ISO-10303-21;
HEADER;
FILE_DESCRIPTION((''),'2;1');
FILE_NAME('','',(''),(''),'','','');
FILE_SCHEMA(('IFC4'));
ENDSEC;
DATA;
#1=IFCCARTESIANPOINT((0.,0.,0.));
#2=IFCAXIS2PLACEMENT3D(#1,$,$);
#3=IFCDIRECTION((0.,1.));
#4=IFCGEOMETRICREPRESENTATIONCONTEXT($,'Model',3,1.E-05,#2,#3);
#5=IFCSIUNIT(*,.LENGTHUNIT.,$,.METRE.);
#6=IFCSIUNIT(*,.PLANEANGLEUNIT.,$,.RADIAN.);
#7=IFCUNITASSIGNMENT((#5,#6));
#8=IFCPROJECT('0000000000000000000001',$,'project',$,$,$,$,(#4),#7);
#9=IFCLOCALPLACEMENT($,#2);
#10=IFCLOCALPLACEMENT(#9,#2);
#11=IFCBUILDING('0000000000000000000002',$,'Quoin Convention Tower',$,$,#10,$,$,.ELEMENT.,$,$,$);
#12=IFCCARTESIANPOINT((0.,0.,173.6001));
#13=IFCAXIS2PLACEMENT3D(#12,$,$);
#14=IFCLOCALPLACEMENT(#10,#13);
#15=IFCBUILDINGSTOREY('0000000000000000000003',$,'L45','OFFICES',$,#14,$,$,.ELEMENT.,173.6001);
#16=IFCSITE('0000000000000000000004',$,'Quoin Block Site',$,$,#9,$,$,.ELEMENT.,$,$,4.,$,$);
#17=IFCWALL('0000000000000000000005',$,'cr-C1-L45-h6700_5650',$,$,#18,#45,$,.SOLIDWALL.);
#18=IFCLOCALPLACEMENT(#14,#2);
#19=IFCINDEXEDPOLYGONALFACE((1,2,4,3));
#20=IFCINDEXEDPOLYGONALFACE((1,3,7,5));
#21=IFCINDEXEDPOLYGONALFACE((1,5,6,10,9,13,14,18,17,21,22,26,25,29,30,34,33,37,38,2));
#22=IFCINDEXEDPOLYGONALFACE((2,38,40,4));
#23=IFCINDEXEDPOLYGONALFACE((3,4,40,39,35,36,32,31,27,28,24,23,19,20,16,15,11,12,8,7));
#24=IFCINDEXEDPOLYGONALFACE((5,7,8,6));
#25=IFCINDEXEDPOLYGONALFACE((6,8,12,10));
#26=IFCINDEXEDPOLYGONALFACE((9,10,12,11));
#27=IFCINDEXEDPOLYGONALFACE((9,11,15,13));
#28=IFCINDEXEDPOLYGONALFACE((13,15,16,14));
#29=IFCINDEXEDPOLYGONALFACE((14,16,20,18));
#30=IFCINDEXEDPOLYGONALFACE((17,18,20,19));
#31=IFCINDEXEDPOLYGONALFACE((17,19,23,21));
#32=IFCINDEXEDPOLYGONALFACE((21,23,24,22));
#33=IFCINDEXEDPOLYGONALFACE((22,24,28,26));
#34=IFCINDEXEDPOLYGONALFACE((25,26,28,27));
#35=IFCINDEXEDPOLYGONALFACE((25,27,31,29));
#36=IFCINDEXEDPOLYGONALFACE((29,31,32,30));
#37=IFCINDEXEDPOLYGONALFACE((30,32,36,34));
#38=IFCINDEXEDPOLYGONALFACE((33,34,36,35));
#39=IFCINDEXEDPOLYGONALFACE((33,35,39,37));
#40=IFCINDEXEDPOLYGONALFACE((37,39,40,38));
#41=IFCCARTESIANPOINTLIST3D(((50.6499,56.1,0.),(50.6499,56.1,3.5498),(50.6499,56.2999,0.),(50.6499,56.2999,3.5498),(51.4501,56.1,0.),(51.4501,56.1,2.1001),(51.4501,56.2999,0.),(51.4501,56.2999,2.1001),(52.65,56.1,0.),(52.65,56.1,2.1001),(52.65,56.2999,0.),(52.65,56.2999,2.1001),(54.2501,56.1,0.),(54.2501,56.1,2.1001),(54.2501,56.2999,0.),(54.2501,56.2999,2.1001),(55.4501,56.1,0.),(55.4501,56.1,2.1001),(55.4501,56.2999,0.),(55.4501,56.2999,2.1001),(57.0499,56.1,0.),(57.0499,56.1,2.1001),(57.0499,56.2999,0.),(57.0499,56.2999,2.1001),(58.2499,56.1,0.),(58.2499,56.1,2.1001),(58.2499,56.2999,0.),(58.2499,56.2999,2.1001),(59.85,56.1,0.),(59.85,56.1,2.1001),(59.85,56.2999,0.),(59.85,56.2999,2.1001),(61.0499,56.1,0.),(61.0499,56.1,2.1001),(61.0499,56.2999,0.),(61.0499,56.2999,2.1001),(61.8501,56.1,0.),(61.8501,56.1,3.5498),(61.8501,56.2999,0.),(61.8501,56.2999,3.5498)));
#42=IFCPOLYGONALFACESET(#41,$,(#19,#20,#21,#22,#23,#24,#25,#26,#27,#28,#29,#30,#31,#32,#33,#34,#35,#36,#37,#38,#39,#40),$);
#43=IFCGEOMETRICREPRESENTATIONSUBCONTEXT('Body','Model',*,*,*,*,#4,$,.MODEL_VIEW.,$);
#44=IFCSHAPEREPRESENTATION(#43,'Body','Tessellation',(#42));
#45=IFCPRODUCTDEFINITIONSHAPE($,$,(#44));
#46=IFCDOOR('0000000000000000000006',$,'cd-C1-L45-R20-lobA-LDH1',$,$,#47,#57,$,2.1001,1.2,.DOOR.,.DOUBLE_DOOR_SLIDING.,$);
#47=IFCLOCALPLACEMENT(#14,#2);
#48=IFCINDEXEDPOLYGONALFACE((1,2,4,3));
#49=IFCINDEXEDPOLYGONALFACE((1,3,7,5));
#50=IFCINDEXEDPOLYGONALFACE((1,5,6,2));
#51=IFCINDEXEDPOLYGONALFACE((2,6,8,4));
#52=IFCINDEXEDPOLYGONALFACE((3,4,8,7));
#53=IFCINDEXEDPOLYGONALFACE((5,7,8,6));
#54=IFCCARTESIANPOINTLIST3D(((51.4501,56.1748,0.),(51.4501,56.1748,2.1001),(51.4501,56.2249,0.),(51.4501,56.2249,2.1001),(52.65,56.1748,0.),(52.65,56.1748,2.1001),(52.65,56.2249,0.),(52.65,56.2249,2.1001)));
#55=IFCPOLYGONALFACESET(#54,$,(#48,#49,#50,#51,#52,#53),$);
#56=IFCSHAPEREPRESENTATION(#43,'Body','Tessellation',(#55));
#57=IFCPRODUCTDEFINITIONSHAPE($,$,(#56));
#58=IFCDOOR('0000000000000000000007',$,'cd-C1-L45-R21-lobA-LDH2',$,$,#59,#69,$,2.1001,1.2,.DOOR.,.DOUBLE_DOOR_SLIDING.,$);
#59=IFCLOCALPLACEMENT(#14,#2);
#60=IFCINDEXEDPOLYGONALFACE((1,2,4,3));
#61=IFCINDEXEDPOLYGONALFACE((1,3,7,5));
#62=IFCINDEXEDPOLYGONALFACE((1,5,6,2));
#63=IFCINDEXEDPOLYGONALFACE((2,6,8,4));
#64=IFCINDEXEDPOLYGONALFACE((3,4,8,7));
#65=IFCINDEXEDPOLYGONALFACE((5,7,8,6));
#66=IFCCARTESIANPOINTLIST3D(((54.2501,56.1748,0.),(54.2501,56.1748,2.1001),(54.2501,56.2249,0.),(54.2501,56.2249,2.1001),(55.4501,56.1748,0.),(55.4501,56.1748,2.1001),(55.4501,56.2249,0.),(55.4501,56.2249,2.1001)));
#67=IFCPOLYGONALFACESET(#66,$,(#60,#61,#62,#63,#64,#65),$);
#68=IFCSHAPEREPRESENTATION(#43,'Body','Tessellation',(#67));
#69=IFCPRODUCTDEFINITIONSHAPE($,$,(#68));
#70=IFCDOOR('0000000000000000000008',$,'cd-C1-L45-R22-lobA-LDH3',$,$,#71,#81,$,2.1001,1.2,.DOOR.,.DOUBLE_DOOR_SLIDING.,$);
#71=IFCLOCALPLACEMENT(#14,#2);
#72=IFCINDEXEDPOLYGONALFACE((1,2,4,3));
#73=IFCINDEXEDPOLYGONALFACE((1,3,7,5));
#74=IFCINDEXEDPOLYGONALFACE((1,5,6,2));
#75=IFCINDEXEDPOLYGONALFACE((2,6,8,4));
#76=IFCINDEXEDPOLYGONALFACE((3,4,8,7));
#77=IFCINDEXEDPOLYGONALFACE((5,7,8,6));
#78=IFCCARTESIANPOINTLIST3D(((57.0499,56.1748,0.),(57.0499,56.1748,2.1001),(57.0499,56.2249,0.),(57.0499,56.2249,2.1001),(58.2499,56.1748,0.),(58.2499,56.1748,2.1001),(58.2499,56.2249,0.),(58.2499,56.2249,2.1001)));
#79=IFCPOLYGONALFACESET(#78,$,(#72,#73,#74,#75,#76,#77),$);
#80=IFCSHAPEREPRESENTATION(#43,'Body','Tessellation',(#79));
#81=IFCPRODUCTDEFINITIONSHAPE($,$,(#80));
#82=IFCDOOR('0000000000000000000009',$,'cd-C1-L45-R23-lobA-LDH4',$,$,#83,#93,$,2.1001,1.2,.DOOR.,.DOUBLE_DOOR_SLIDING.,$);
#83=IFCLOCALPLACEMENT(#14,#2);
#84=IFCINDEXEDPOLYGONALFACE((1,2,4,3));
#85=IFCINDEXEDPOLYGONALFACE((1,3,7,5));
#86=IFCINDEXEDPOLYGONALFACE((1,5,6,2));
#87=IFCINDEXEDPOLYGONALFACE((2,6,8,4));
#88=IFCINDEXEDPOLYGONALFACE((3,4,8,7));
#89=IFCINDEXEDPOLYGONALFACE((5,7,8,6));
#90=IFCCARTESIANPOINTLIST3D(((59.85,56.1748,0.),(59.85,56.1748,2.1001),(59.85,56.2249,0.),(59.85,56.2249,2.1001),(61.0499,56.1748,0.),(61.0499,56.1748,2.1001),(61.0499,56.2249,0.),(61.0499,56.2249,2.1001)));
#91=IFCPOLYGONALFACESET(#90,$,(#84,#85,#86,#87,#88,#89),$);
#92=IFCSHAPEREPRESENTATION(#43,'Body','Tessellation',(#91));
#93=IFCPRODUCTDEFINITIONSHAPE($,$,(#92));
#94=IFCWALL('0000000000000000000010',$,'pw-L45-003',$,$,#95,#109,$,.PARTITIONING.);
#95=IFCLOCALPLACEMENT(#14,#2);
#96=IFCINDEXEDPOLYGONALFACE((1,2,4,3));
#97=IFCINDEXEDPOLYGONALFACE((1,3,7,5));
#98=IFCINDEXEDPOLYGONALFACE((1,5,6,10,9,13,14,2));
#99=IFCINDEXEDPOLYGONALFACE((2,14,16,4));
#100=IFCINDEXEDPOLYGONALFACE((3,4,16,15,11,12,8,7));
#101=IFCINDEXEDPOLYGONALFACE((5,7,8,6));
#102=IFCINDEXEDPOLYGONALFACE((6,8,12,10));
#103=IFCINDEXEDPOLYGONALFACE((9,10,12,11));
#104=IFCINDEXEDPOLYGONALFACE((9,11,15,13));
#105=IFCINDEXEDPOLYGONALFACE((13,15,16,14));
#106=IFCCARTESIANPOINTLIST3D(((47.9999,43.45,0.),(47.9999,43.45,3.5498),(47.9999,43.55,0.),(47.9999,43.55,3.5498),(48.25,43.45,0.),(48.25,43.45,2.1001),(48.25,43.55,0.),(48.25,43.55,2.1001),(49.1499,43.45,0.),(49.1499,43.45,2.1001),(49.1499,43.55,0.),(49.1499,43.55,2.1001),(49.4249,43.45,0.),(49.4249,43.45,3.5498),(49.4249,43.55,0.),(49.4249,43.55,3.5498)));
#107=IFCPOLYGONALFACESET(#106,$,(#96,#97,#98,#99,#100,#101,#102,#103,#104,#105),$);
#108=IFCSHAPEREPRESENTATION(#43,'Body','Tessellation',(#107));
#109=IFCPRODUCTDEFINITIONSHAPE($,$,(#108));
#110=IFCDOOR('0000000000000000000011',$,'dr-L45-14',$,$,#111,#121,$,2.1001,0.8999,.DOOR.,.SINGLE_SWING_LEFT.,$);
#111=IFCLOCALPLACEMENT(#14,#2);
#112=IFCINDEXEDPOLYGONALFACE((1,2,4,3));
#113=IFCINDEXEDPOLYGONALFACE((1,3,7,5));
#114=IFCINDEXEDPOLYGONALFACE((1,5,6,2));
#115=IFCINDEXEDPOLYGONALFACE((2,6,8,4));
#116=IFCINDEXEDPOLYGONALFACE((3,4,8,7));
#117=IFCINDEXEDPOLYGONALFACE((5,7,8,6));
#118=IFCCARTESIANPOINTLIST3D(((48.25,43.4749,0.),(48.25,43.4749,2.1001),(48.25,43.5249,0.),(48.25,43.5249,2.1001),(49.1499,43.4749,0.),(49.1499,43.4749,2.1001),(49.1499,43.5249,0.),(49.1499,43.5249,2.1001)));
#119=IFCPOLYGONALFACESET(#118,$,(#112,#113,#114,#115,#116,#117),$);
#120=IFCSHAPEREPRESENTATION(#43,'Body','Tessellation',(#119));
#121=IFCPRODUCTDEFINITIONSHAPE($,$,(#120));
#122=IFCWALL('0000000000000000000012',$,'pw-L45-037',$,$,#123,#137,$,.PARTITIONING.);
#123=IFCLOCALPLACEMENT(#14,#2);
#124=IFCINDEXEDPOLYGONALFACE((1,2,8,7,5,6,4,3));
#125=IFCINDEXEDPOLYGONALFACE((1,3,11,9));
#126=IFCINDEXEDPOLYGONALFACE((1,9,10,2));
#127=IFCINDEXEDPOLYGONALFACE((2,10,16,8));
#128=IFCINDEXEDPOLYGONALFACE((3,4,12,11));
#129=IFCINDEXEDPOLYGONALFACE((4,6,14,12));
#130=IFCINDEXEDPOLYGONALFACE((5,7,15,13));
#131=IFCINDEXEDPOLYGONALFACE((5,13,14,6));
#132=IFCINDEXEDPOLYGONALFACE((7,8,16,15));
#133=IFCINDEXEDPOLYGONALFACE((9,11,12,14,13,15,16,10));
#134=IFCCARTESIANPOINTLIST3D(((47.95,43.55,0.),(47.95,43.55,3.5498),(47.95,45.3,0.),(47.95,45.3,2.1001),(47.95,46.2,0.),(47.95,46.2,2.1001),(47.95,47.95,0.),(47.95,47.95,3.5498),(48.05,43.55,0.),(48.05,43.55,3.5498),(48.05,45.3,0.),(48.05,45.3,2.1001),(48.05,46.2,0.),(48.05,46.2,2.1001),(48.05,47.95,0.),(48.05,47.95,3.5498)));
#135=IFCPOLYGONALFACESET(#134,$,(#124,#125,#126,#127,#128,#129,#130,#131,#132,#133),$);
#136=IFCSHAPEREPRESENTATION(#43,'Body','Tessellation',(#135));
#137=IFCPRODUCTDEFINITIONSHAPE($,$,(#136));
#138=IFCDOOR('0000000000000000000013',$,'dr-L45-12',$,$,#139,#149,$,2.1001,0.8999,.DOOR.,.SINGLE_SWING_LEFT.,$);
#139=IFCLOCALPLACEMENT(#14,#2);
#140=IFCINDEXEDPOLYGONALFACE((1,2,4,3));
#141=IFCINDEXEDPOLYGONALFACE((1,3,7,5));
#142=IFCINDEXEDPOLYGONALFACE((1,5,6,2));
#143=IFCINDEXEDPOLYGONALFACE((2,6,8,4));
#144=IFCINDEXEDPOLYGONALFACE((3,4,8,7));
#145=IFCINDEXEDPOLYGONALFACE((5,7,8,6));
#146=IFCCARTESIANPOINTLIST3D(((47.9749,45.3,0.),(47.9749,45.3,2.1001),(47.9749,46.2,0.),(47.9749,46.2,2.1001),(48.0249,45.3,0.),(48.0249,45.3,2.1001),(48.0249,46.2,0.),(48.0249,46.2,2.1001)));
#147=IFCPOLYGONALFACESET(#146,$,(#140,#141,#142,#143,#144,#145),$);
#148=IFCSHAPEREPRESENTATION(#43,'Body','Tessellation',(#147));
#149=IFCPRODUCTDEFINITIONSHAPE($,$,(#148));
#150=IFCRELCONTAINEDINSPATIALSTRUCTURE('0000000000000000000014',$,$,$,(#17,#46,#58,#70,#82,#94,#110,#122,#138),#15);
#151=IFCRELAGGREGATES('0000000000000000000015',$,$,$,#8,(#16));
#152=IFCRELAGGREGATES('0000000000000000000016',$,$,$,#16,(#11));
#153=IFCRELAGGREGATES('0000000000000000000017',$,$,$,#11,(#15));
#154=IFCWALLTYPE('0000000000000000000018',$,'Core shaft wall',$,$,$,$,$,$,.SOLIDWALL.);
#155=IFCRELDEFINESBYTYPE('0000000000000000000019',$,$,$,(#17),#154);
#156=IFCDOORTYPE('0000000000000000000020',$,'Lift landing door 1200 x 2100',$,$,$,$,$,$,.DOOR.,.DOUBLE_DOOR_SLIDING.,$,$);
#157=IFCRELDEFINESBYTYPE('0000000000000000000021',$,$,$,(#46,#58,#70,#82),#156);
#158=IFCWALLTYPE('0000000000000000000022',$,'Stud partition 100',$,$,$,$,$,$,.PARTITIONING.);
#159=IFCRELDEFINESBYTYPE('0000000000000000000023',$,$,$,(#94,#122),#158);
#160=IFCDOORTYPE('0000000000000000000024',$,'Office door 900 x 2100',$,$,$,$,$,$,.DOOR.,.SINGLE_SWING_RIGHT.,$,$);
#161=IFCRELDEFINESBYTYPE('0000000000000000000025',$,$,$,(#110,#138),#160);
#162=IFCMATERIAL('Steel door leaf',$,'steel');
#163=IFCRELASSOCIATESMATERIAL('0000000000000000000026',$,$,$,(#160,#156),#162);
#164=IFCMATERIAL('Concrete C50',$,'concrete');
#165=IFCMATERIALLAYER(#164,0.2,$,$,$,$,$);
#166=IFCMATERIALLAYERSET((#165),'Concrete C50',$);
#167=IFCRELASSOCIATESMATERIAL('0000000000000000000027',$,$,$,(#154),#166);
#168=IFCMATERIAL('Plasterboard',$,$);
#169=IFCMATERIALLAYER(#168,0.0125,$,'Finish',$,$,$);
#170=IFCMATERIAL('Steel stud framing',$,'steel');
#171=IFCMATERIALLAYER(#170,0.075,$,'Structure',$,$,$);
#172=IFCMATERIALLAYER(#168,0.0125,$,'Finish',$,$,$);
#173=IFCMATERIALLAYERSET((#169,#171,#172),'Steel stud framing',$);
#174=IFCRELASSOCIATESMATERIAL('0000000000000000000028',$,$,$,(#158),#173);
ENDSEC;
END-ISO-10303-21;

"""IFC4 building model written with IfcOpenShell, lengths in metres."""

from ifc_helpers import new_model, si_unit, direction, frame, frame_2d, origin, place, context, subcontext, project, spatial, rectangle, extrude, material, layer, layer_set, type_object, element, fill, save


model = new_model("IFC4")

# Units and contexts
model_context = context("Model", 3, precision=1e-05, world=origin(), true_north=direction((0.0, 1.0)))
body_context = subcontext(model_context, "Body", "Model", "MODEL_VIEW")
ifc_project = project(units=[si_unit("LENGTHUNIT", "METRE"), si_unit("PLANEANGLEUNIT", "RADIAN")], contexts=[model_context])

# Site, building, storey
site_placement = place(None, origin())
site = spatial("IfcSite", under=ifc_project, at=site_placement, Name="Quoin Block Site", CompositionType="ELEMENT", RefElevation=4.0)
building_placement = place(site_placement, origin())
building = spatial("IfcBuilding", under=site, at=building_placement, Name="Quoin Convention Tower", CompositionType="ELEMENT")
storey_placement = place(building_placement, frame((0.0, 0.0, 173.6001)))
storey = spatial("IfcBuildingStorey", under=building, at=storey_placement, Name="L45", Description="OFFICES", CompositionType="ELEMENT", Elevation=173.6001)

# Shared definitions
ifc_material_1 = material(Name="Concrete C50", Category="concrete")

# Shared definitions
ifc_material_2 = material(Name="Plasterboard")
ifc_material_3 = material(Name="Steel stud framing", Category="steel")

# Shared definitions
ifc_material_4 = material(Name="Steel door leaf", Category="steel")
door_type_1 = type_object("IfcDoorType", Name="Office door 900 x 2100", OperationType="SINGLE_SWING_RIGHT", PredefinedType="DOOR", material=ifc_material_4)

# Shared definitions
ifc_layer_1 = layer(ifc_material_1, 0.2)
ifc_layer_set_1 = layer_set([ifc_layer_1], Name="Concrete C50")
wall_type_1 = type_object("IfcWallType", Name="Core shaft wall", PredefinedType="SOLIDWALL", material=ifc_layer_set_1)

# Wall, openings, doors
wall_1_placement = place(storey_placement, frame((50.6499, 56.2, 0.0), z_axis=(0.0, 0.0, 1.0), x_axis=(1.0, 0.0, 0.0)))
wall_1 = element("IfcWall", 1, at=wall_1_placement, inside=storey, type_object=wall_type_1, Name="cr-C1-L45-h6700_5650", PredefinedType="SOLIDWALL", context=body_context, shape_type="SweptSolid", body=[
    extrude(rectangle(XDim=11.2002, YDim=0.2, at=frame_2d((5.6001, 0.0))), origin(), (0.0, 0.0, 1.0), 3.5498),
])
opening_1_placement = place(wall_1_placement, frame((0.8, 0.0, 0.0)))
opening_1 = element("IfcOpeningElement", 2, at=opening_1_placement, cuts=wall_1, PredefinedType="OPENING", context=body_context, shape_type="SweptSolid", body=[
    extrude(rectangle(XDim=1.2, YDim=2.1001, at=frame_2d((0.6001, 1.05))), frame((0.0, 0.1099, 0.0), z_axis=(0.0, -1.0, 0.0), x_axis=(1.0, 0.0, 0.0)), (0.0, 0.0, 1.0), 0.22),
])
opening_2_placement = place(wall_1_placement, frame((3.6001, 0.0, 0.0)))
opening_2 = element("IfcOpeningElement", 3, at=opening_2_placement, cuts=wall_1, PredefinedType="OPENING", context=body_context, shape_type="SweptSolid", body=[
    extrude(rectangle(XDim=1.2, YDim=2.1001, at=frame_2d((0.6001, 1.05))), frame((0.0, 0.1099, 0.0), z_axis=(0.0, -1.0, 0.0), x_axis=(1.0, 0.0, 0.0)), (0.0, 0.0, 1.0), 0.22),
])
opening_3_placement = place(wall_1_placement, frame((6.3999, 0.0, 0.0)))
opening_3 = element("IfcOpeningElement", 4, at=opening_3_placement, cuts=wall_1, PredefinedType="OPENING", context=body_context, shape_type="SweptSolid", body=[
    extrude(rectangle(XDim=1.2, YDim=2.1001, at=frame_2d((0.6001, 1.05))), frame((0.0, 0.1099, 0.0), z_axis=(0.0, -1.0, 0.0), x_axis=(1.0, 0.0, 0.0)), (0.0, 0.0, 1.0), 0.22),
])
opening_4_placement = place(wall_1_placement, frame((9.2, 0.0, 0.0)))
opening_4 = element("IfcOpeningElement", 5, at=opening_4_placement, cuts=wall_1, PredefinedType="OPENING", context=body_context, shape_type="SweptSolid", body=[
    extrude(rectangle(XDim=1.2, YDim=2.1001, at=frame_2d((0.6001, 1.05))), frame((0.0, 0.1099, 0.0), z_axis=(0.0, -1.0, 0.0), x_axis=(1.0, 0.0, 0.0)), (0.0, 0.0, 1.0), 0.22),
])
door_type_2 = type_object("IfcDoorType", Name="Lift landing door 1200 x 2100", OperationType="DOUBLE_DOOR_SLIDING", PredefinedType="DOOR", material=ifc_material_4)
door_1_placement = place(opening_1_placement, origin())
door_1 = element("IfcDoor", 6, at=door_1_placement, inside=storey, type_object=door_type_2, Name="cd-C1-L45-R20-lobA-LDH1", OperationType="DOUBLE_DOOR_SLIDING", OverallHeight=2.1001, OverallWidth=1.2, PredefinedType="DOOR", context=body_context, shape_type="SweptSolid", body=[
    extrude(rectangle(XDim=1.2, YDim=2.1001, at=frame_2d((0.6001, 1.05))), frame((0.0, 0.0249, 0.0), z_axis=(0.0, -1.0, 0.0), x_axis=(1.0, 0.0, 0.0)), (0.0, 0.0, 1.0), 0.05),
])
fill(opening_1, door_1)
door_2_placement = place(opening_2_placement, origin())
door_2 = element("IfcDoor", 7, at=door_2_placement, inside=storey, type_object=door_type_2, Name="cd-C1-L45-R21-lobA-LDH2", OperationType="DOUBLE_DOOR_SLIDING", OverallHeight=2.1001, OverallWidth=1.2, PredefinedType="DOOR", context=body_context, shape_type="SweptSolid", body=[
    extrude(rectangle(XDim=1.2, YDim=2.1001, at=frame_2d((0.6001, 1.05))), frame((0.0, 0.0249, 0.0), z_axis=(0.0, -1.0, 0.0), x_axis=(1.0, 0.0, 0.0)), (0.0, 0.0, 1.0), 0.05),
])
fill(opening_2, door_2)
door_3_placement = place(opening_3_placement, origin())
door_3 = element("IfcDoor", 8, at=door_3_placement, inside=storey, type_object=door_type_2, Name="cd-C1-L45-R22-lobA-LDH3", OperationType="DOUBLE_DOOR_SLIDING", OverallHeight=2.1001, OverallWidth=1.2, PredefinedType="DOOR", context=body_context, shape_type="SweptSolid", body=[
    extrude(rectangle(XDim=1.2, YDim=2.1001, at=frame_2d((0.6001, 1.05))), frame((0.0, 0.0249, 0.0), z_axis=(0.0, -1.0, 0.0), x_axis=(1.0, 0.0, 0.0)), (0.0, 0.0, 1.0), 0.05),
])
fill(opening_3, door_3)
door_4_placement = place(opening_4_placement, origin())
door_4 = element("IfcDoor", 9, at=door_4_placement, inside=storey, type_object=door_type_2, Name="cd-C1-L45-R23-lobA-LDH4", OperationType="DOUBLE_DOOR_SLIDING", OverallHeight=2.1001, OverallWidth=1.2, PredefinedType="DOOR", context=body_context, shape_type="SweptSolid", body=[
    extrude(rectangle(XDim=1.2, YDim=2.1001, at=frame_2d((0.6001, 1.05))), frame((0.0, 0.0249, 0.0), z_axis=(0.0, -1.0, 0.0), x_axis=(1.0, 0.0, 0.0)), (0.0, 0.0, 1.0), 0.05),
])
fill(opening_4, door_4)

# Walls, openings, doors
ifc_layer_2 = layer(ifc_material_2, 0.0125, Name="Finish")
ifc_layer_3 = layer(ifc_material_3, 0.075, Name="Structure")
ifc_layer_4 = layer(ifc_material_2, 0.0125, Name="Finish")
ifc_layer_set_2 = layer_set([ifc_layer_2, ifc_layer_3, ifc_layer_4], Name="Steel stud framing")
wall_type_2 = type_object("IfcWallType", Name="Stud partition 100", PredefinedType="PARTITIONING", material=ifc_layer_set_2)
wall_2_placement = place(storey_placement, frame((48.0, 43.5, 0.0), z_axis=(0.0, 0.0, 1.0), x_axis=(1.0, 0.0, 0.0)))
wall_2 = element("IfcWall", 10, at=wall_2_placement, inside=storey, type_object=wall_type_2, Name="pw-L45-003", PredefinedType="PARTITIONING", context=body_context, shape_type="SweptSolid", body=[
    extrude(rectangle(XDim=1.425, YDim=0.1001, at=frame_2d((0.7124, 0.0))), origin(), (0.0, 0.0, 1.0), 3.5498),
])
opening_5_placement = place(wall_2_placement, frame((0.25, 0.0, 0.0)))
opening_5 = element("IfcOpeningElement", 11, at=opening_5_placement, cuts=wall_2, PredefinedType="OPENING", context=body_context, shape_type="SweptSolid", body=[
    extrude(rectangle(XDim=0.8999, YDim=2.1001, at=frame_2d((0.45, 1.05))), frame((0.0, 0.0601, 0.0), z_axis=(0.0, -1.0, 0.0), x_axis=(1.0, 0.0, 0.0)), (0.0, 0.0, 1.0), 0.1201),
])
door_5_placement = place(opening_5_placement, origin())
door_5 = element("IfcDoor", 12, at=door_5_placement, inside=storey, type_object=door_type_1, Name="dr-L45-14", OperationType="SINGLE_SWING_LEFT", OverallHeight=2.1001, OverallWidth=0.8999, PredefinedType="DOOR", context=body_context, shape_type="SweptSolid", body=[
    extrude(rectangle(XDim=0.8999, YDim=2.1001, at=frame_2d((0.45, 1.05))), frame((0.0, 0.0249, 0.0), z_axis=(0.0, -1.0, 0.0), x_axis=(1.0, 0.0, 0.0)), (0.0, 0.0, 1.0), 0.05),
])
fill(opening_5, door_5)
wall_3_placement = place(storey_placement, frame((48.0, 43.55, 0.0), z_axis=(0.0, 0.0, 1.0), x_axis=(0.0, 1.0, 0.0)))
wall_3 = element("IfcWall", 13, at=wall_3_placement, inside=storey, type_object=wall_type_2, Name="pw-L45-037", PredefinedType="PARTITIONING", context=body_context, shape_type="SweptSolid", body=[
    extrude(rectangle(XDim=4.3999, YDim=0.1001, at=frame_2d((2.2, 0.0))), origin(), (0.0, 0.0, 1.0), 3.5498),
])
opening_6_placement = place(wall_3_placement, frame((1.75, 0.0, 0.0)))
opening_6 = element("IfcOpeningElement", 14, at=opening_6_placement, cuts=wall_3, PredefinedType="OPENING", context=body_context, shape_type="SweptSolid", body=[
    extrude(rectangle(XDim=0.8999, YDim=2.1001, at=frame_2d((0.45, 1.05))), frame((0.0, 0.0601, 0.0), z_axis=(0.0, -1.0, 0.0), x_axis=(1.0, 0.0, 0.0)), (0.0, 0.0, 1.0), 0.1201),
])
door_6_placement = place(opening_6_placement, frame((0.8999, 0.0, 0.0), z_axis=(0.0, 0.0, 1.0), x_axis=(-1.0, 0.0, 0.0)))
door_6 = element("IfcDoor", 15, at=door_6_placement, inside=storey, type_object=door_type_1, Name="dr-L45-12", OperationType="SINGLE_SWING_LEFT", OverallHeight=2.1001, OverallWidth=0.8999, PredefinedType="DOOR", context=body_context, shape_type="SweptSolid", body=[
    extrude(rectangle(XDim=0.8999, YDim=2.1001, at=frame_2d((0.45, 1.05))), frame((0.0, 0.0249, 0.0), z_axis=(0.0, -1.0, 0.0), x_axis=(1.0, 0.0, 0.0)), (0.0, 0.0, 1.0), 0.05),
])
fill(opening_6, door_6)

save(model, "model.ifc")
